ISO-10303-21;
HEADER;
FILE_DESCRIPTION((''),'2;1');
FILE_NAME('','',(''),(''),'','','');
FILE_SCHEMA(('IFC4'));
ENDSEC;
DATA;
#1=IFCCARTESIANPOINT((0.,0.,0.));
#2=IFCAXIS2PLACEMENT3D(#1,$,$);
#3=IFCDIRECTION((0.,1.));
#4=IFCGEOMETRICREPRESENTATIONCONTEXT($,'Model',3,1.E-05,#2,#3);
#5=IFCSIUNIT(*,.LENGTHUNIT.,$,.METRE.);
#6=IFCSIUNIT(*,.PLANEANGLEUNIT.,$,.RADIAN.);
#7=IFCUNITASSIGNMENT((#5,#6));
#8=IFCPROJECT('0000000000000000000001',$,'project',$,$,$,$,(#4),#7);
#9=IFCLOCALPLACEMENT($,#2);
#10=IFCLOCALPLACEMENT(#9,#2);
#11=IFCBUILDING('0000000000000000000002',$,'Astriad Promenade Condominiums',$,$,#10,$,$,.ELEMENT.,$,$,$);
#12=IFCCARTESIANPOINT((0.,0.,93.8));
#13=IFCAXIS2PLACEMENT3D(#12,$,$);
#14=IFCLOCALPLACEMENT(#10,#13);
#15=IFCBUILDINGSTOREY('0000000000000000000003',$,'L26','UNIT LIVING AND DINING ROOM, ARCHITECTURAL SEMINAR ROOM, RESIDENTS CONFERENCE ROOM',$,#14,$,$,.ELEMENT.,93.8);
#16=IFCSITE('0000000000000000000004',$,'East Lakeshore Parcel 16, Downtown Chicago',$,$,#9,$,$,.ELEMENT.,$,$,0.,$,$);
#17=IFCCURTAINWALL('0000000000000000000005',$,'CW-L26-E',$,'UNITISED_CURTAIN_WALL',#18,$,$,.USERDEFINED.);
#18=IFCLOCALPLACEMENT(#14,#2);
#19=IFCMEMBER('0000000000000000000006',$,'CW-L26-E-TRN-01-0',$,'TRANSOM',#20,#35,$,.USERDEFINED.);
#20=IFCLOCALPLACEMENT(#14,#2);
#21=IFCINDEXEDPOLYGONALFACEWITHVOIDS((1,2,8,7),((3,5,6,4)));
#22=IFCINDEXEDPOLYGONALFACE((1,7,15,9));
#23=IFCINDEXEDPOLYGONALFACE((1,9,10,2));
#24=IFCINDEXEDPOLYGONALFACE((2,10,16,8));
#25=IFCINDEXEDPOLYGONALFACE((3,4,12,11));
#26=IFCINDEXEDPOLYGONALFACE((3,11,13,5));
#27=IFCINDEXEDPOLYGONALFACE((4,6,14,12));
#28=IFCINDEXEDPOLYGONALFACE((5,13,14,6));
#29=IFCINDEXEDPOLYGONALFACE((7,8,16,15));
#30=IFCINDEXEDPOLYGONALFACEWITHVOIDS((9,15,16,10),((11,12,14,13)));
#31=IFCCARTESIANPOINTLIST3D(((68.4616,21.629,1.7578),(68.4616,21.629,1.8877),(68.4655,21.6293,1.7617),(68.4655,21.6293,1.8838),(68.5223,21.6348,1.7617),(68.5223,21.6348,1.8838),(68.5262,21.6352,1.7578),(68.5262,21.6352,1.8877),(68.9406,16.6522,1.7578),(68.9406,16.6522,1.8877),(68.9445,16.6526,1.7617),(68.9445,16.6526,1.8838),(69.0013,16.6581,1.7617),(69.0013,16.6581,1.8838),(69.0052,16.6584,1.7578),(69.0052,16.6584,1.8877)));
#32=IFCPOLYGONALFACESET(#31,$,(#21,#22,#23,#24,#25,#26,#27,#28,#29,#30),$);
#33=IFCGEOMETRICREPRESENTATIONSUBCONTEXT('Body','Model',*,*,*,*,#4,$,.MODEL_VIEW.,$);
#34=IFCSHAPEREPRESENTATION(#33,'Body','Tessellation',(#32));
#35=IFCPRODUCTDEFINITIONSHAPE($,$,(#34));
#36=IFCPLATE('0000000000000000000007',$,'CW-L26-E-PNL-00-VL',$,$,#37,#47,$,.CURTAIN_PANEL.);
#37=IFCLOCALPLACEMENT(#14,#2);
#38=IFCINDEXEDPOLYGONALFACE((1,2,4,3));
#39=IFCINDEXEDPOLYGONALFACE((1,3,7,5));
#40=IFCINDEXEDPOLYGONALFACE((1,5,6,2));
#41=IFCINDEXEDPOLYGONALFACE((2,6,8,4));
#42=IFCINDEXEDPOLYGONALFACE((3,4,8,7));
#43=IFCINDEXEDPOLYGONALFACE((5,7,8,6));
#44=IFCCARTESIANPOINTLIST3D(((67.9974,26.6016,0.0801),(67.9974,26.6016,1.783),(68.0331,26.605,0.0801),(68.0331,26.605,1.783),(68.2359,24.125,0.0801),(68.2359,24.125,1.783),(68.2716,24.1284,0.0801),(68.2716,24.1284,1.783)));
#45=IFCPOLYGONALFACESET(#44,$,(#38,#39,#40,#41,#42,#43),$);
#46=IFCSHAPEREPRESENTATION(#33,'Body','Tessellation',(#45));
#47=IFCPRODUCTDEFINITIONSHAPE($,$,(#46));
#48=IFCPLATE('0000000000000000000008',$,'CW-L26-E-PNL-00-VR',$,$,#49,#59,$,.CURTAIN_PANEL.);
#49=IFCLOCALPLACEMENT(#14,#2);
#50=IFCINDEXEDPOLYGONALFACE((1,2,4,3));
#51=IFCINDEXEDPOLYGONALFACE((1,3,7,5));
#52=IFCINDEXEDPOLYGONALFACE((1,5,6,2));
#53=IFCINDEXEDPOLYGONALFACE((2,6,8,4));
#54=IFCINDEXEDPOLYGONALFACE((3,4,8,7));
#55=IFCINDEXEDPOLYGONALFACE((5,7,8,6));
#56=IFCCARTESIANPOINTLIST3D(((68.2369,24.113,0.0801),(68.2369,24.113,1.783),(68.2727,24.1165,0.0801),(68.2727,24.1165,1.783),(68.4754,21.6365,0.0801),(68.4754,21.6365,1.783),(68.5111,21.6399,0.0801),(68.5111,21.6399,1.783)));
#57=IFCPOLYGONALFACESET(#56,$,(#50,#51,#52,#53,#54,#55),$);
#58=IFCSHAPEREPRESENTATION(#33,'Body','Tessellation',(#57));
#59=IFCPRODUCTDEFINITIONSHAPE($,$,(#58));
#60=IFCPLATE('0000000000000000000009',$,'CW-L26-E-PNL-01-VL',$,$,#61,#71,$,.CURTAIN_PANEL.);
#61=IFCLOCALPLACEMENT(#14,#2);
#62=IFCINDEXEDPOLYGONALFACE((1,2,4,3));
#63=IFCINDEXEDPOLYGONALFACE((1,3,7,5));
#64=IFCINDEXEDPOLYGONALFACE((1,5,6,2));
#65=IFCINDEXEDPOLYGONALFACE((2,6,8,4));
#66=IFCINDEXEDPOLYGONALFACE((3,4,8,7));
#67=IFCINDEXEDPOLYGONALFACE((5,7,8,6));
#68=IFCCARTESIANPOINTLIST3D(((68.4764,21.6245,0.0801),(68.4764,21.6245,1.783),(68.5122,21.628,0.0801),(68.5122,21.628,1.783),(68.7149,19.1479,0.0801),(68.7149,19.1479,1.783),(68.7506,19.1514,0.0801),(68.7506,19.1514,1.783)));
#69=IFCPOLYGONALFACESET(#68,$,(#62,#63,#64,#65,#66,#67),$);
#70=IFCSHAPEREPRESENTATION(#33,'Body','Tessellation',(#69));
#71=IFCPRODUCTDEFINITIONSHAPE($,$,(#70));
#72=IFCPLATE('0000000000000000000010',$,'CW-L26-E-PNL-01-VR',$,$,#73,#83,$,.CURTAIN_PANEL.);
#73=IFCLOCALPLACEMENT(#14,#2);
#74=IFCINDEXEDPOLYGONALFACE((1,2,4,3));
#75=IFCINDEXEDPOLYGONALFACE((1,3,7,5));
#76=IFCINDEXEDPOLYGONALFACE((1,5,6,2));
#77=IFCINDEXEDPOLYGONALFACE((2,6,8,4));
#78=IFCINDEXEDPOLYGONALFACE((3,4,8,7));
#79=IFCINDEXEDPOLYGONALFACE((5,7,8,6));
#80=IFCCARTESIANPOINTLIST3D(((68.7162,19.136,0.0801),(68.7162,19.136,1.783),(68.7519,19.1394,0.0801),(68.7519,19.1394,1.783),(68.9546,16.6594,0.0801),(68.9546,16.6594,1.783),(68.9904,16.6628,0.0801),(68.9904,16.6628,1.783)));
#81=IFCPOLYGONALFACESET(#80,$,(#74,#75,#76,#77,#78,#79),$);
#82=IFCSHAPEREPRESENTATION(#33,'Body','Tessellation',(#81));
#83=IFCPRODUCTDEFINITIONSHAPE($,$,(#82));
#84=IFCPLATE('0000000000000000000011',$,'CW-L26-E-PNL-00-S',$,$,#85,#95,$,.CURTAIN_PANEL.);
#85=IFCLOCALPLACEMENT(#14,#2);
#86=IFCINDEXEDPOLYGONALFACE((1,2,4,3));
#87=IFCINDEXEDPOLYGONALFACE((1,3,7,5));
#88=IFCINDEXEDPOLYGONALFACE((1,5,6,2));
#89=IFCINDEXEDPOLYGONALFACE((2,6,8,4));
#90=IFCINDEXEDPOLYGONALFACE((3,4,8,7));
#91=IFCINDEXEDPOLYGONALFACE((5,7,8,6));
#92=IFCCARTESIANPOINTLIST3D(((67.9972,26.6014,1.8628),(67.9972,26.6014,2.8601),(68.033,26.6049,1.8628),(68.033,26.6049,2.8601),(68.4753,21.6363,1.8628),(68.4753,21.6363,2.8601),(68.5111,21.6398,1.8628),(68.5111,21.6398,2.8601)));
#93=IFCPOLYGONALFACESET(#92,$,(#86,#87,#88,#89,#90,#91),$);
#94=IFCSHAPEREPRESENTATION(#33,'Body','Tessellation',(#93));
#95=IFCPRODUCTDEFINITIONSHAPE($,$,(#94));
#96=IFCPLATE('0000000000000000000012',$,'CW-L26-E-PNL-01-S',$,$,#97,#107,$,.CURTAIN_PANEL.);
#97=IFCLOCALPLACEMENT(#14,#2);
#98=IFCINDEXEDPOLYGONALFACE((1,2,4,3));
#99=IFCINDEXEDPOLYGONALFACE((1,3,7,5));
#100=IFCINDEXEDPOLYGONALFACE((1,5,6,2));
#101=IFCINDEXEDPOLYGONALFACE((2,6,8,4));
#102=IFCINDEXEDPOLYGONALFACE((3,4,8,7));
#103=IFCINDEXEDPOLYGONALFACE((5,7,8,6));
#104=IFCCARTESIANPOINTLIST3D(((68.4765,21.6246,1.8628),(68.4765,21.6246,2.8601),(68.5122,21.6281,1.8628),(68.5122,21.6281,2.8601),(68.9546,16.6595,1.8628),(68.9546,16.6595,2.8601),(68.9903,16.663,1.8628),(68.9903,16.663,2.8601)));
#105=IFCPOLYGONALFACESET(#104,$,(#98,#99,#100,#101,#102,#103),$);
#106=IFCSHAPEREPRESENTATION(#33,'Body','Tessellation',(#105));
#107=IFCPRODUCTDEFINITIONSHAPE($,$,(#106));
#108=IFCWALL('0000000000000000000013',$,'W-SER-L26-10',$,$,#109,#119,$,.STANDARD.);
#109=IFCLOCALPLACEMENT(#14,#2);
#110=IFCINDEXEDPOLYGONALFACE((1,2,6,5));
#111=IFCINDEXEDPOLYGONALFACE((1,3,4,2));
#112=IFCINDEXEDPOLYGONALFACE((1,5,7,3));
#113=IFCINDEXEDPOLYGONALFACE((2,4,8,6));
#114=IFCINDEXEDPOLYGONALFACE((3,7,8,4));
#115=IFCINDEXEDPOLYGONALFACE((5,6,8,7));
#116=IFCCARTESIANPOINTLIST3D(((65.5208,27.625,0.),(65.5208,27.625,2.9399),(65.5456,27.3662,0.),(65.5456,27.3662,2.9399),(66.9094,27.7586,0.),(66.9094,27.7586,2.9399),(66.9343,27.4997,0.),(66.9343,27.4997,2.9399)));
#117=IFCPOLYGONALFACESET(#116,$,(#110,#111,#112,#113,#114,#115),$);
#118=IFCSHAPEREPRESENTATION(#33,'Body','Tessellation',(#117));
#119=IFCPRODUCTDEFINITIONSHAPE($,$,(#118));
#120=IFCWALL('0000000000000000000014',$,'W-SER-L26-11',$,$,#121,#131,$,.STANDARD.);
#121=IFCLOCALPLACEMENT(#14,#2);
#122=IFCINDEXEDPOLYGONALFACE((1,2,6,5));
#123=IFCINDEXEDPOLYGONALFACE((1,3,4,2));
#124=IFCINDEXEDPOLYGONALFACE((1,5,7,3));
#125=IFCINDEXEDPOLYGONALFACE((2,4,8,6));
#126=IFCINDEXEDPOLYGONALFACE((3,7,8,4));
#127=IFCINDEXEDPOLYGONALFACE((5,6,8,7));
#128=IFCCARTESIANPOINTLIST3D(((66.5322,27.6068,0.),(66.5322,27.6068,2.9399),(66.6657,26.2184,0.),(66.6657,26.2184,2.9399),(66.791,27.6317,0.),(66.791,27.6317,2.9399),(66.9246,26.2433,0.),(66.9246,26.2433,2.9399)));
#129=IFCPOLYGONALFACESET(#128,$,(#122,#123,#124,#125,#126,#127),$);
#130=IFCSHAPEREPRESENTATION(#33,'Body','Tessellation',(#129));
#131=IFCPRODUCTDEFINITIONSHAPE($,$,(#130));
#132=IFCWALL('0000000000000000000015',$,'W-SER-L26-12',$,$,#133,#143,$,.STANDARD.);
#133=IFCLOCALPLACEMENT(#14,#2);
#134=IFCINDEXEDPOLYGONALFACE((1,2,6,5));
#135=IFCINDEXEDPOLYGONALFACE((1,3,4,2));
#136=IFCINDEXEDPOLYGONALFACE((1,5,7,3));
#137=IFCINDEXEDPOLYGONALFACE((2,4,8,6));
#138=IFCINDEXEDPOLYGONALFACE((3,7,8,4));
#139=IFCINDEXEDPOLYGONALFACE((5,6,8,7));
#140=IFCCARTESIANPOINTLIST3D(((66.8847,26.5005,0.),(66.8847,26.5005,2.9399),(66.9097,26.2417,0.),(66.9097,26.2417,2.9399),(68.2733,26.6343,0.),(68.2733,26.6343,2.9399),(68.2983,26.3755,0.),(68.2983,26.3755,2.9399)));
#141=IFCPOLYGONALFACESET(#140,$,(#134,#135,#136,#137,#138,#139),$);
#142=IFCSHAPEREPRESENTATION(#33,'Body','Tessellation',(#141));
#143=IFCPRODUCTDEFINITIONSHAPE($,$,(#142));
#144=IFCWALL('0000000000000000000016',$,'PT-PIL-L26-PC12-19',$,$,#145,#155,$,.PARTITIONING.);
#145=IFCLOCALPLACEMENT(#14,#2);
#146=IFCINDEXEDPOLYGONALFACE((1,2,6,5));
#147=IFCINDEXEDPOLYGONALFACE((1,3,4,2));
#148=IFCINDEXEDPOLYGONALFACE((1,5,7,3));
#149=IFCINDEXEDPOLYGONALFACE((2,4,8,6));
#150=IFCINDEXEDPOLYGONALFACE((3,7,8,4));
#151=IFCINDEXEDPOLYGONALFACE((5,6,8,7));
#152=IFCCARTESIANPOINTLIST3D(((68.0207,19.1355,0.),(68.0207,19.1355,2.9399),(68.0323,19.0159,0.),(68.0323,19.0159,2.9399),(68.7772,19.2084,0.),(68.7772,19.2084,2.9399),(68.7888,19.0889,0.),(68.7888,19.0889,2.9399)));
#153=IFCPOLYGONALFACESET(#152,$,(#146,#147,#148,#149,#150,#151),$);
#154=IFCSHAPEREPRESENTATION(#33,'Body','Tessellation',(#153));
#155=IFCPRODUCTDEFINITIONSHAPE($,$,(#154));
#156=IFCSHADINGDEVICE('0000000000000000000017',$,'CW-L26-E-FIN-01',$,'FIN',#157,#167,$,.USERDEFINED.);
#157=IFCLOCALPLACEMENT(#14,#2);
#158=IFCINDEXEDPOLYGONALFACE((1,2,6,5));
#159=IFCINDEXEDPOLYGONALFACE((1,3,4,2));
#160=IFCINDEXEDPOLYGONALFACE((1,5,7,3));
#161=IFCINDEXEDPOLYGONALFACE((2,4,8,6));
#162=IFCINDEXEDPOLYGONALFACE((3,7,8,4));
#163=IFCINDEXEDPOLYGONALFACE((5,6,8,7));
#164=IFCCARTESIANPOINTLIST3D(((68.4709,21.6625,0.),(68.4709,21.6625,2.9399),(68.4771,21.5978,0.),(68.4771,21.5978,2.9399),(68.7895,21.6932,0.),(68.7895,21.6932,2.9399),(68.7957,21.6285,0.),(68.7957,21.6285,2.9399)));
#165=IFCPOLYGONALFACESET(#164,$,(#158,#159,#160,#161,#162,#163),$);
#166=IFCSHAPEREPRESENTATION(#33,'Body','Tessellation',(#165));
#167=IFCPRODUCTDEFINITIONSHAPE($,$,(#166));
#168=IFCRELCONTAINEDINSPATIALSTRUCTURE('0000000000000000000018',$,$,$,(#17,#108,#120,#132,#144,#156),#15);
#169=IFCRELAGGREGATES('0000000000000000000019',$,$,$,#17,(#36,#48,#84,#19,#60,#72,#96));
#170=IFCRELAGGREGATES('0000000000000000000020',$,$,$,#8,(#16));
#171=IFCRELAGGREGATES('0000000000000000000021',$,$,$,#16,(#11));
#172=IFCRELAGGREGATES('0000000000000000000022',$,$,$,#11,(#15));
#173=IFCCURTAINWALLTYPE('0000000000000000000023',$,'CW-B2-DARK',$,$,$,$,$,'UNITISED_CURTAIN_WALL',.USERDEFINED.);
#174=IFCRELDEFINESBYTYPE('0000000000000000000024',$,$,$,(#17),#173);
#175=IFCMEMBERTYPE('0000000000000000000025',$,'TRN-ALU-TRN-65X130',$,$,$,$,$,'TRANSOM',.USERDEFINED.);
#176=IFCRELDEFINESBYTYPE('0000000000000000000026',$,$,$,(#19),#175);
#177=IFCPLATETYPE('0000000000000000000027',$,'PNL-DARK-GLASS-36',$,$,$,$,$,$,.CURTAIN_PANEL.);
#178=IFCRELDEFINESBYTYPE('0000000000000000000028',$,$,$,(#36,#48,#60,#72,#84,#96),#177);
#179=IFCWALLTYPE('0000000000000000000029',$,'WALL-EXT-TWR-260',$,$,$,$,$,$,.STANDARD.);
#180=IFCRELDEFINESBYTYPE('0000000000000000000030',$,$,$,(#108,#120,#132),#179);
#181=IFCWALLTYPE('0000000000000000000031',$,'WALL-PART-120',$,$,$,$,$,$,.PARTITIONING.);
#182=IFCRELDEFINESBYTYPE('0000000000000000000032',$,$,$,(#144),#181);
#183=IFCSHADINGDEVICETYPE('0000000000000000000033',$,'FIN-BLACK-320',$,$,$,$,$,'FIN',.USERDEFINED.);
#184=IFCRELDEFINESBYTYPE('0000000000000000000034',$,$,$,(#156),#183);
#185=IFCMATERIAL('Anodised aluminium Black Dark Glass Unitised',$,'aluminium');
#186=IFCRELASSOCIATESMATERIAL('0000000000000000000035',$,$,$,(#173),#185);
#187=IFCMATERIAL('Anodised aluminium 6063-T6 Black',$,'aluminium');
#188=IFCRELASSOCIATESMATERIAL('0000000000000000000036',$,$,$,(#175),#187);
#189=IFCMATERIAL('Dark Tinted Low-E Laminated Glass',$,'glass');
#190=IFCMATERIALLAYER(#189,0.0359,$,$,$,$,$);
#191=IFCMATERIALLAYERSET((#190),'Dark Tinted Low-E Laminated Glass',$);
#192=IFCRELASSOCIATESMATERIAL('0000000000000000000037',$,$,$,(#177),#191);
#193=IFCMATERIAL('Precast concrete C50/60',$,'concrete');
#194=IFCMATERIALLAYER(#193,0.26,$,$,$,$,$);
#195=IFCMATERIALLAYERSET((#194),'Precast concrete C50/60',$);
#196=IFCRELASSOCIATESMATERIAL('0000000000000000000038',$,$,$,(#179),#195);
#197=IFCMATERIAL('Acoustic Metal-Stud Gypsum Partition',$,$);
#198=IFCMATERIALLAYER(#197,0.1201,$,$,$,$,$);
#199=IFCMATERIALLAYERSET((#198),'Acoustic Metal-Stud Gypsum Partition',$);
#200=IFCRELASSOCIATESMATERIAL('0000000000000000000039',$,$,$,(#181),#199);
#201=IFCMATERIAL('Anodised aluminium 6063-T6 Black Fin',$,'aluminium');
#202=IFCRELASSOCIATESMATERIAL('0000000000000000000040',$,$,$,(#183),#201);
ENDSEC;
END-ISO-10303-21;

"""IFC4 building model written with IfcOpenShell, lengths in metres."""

from ifc_helpers import new_model, si_unit, direction, frame, frame_2d, origin, origin_2d, place, context, subcontext, project, spatial, rectangle, hollow_rectangle, extrude, source, transform, mapped, material, layer, layer_set, material_profile, profile_set, type_object, type_shapes, element, aggregate, save


model = new_model("IFC4")

# Units and contexts
model_context = context("Model", 3, precision=1e-05, world=origin(), true_north=direction((0.0, 1.0)))
body_context = subcontext(model_context, "Body", "Model", "MODEL_VIEW")
ifc_project = project(units=[si_unit("LENGTHUNIT", "METRE"), si_unit("PLANEANGLEUNIT", "RADIAN")], contexts=[model_context])

# Site, building, storey
site_placement = place(None, origin())
site = spatial("IfcSite", under=ifc_project, at=site_placement, Name="East Lakeshore Parcel 16, Downtown Chicago", CompositionType="ELEMENT", RefElevation=0.0)
building_placement = place(site_placement, origin())
building = spatial("IfcBuilding", under=site, at=building_placement, Name="Astriad Promenade Condominiums", CompositionType="ELEMENT")
storey_placement = place(building_placement, frame((0.0, 0.0, 93.8)))
storey = spatial("IfcBuildingStorey", under=building, at=storey_placement, Name="L26", Description="UNIT LIVING AND DINING ROOM, ARCHITECTURAL SEMINAR ROOM, RESIDENTS CONFERENCE ROOM", CompositionType="ELEMENT", Elevation=93.8)

# Curtain wall, member, plates
ifc_material_1 = material(Name="Anodised aluminium Black Dark Glass Unitised", Category="aluminium")
curtain_wall_type = type_object("IfcCurtainWallType", Name="CW-B2-DARK", ElementType="UNITISED_CURTAIN_WALL", PredefinedType="USERDEFINED", material=ifc_material_1)
curtain_wall_placement = place(storey_placement, origin())
curtain_wall = element("IfcCurtainWall", 1, at=curtain_wall_placement, inside=storey, type_object=curtain_wall_type, Name="CW-L26-E", ObjectType="UNITISED_CURTAIN_WALL", PredefinedType="USERDEFINED")
ifc_material_2 = material(Name="Anodised aluminium 6063-T6 Black", Category="aluminium")
ifc_material_profile_1 = material_profile(ifc_material_2, hollow_rectangle(XDim=0.0649, YDim=0.1299, WallThickness=0.0039, at=origin_2d()), Name="ALU-TRN-65X130")
ifc_profile_set_1 = profile_set([ifc_material_profile_1], Name="Anodised aluminium 6063-T6 Black")
member_type_1 = type_object("IfcMemberType", Name="TRN-ALU-TRN-65X130", ElementType="TRANSOM", PredefinedType="USERDEFINED", material=ifc_profile_set_1)
shared_shape_1 = source(origin(), body_context, "Body", "SweptSolid", [
    extrude(hollow_rectangle(XDim=0.0649, YDim=0.1299, WallThickness=0.0039, at=origin_2d()), origin(), (0.0, 0.0, 1.0), 4.9998),
])
member_1_placement = place(storey_placement, frame((68.4939, 21.6321, 1.8228), z_axis=(0.095805, -0.9954, 0.0), x_axis=(0.9954, 0.095805, 0.0)))
member_1 = element("IfcMember", 2, at=member_1_placement, type_object=member_type_1, Name="CW-L26-E-TRN-01-0", ObjectType="TRANSOM", PredefinedType="USERDEFINED", context=body_context, shape_type="MappedRepresentation", body=[
    mapped(shared_shape_1, transform((0.0, 0.0, 0.0), scale=1.0)),
])
ifc_material_3 = material(Name="Dark Tinted Low-E Laminated Glass", Category="glass")
ifc_layer_1 = layer(ifc_material_3, 0.0359)
ifc_layer_set_1 = layer_set([ifc_layer_1], Name="Dark Tinted Low-E Laminated Glass")
plate_type = type_object("IfcPlateType", Name="PNL-DARK-GLASS-36", PredefinedType="CURTAIN_PANEL", material=ifc_layer_set_1)
shared_shape_2 = source(origin(), body_context, "Body", "SweptSolid", [
    extrude(rectangle(XDim=2.488, YDim=0.0359, at=origin_2d()), origin(), (0.0, 0.0, 1.0), 1.7029),
])
plate_1_placement = place(storey_placement, frame((68.1345, 25.365, 0.0801), z_axis=(0.0, 0.0, 1.0), x_axis=(0.095846, -0.995396, 0.0)))
plate_1 = element("IfcPlate", 3, at=plate_1_placement, type_object=plate_type, Name="CW-L26-E-PNL-00-VL", PredefinedType="CURTAIN_PANEL", context=body_context, shape_type="MappedRepresentation", body=[
    mapped(shared_shape_2, transform((0.0, 0.0, 0.0), scale=1.0)),
])
plate_2_placement = place(storey_placement, frame((68.374, 22.8765, 0.0801), z_axis=(0.0, 0.0, 1.0), x_axis=(0.095846, -0.995396, 0.0)))
plate_2 = element("IfcPlate", 4, at=plate_2_placement, type_object=plate_type, Name="CW-L26-E-PNL-00-VR", PredefinedType="CURTAIN_PANEL", context=body_context, shape_type="MappedRepresentation", body=[
    mapped(shared_shape_2, transform((0.0, 0.0, 0.0), scale=1.0)),
])
plate_3_placement = place(storey_placement, frame((68.6135, 20.3879, 0.0801), z_axis=(0.0, 0.0, 1.0), x_axis=(0.095846, -0.995396, 0.0)))
plate_3 = element("IfcPlate", 5, at=plate_3_placement, type_object=plate_type, Name="CW-L26-E-PNL-01-VL", PredefinedType="CURTAIN_PANEL", context=body_context, shape_type="MappedRepresentation", body=[
    mapped(shared_shape_2, transform((0.0, 0.0, 0.0), scale=1.0)),
])
plate_4_placement = place(storey_placement, frame((68.8533, 17.8994, 0.0801), z_axis=(0.0, 0.0, 1.0), x_axis=(0.095846, -0.995396, 0.0)))
plate_4 = element("IfcPlate", 6, at=plate_4_placement, type_object=plate_type, Name="CW-L26-E-PNL-01-VR", PredefinedType="CURTAIN_PANEL", context=body_context, shape_type="MappedRepresentation", body=[
    mapped(shared_shape_2, transform((0.0, 0.0, 0.0), scale=1.0)),
])
shared_shape_3 = source(origin(), body_context, "Body", "SweptSolid", [
    extrude(rectangle(XDim=4.988, YDim=0.0359, at=origin_2d()), origin(), (0.0, 0.0, 1.0), 0.9973),
])
type_shapes(plate_type, [shared_shape_2, shared_shape_3])
plate_5_placement = place(storey_placement, frame((68.2542, 24.1206, 1.8628), z_axis=(0.0, 0.0, 1.0), x_axis=(0.095846, -0.995396, 0.0)))
plate_5 = element("IfcPlate", 7, at=plate_5_placement, type_object=plate_type, Name="CW-L26-E-PNL-00-S", PredefinedType="CURTAIN_PANEL", context=body_context, shape_type="MappedRepresentation", body=[
    mapped(shared_shape_3, transform((0.0, 0.0, 0.0), scale=1.0)),
])
plate_6_placement = place(storey_placement, frame((68.7334, 19.1438, 1.8628), z_axis=(0.0, 0.0, 1.0), x_axis=(0.095846, -0.995396, 0.0)))
plate_6 = element("IfcPlate", 8, at=plate_6_placement, type_object=plate_type, Name="CW-L26-E-PNL-01-S", PredefinedType="CURTAIN_PANEL", context=body_context, shape_type="MappedRepresentation", body=[
    mapped(shared_shape_3, transform((0.0, 0.0, 0.0), scale=1.0)),
])
aggregate(curtain_wall, [plate_1, plate_2, plate_5, member_1, plate_3, plate_4, plate_6])

# Walls
ifc_material_4 = material(Name="Precast concrete C50/60", Category="concrete")
ifc_layer_2 = layer(ifc_material_4, 0.26)
ifc_layer_set_2 = layer_set([ifc_layer_2], Name="Precast concrete C50/60")
wall_type_1 = type_object("IfcWallType", Name="WALL-EXT-TWR-260", PredefinedType="STANDARD", material=ifc_layer_set_2)
wall_1_placement = place(storey_placement, frame((65.5332, 27.4956, 0.0), z_axis=(0.0, 0.0, 1.0), x_axis=(0.995408, 0.095726, 0.0)))
element("IfcWall", 9, at=wall_1_placement, inside=storey, type_object=wall_type_1, Name="W-SER-L26-10", PredefinedType="STANDARD", context=body_context, shape_type="SweptSolid", body=[
    extrude(rectangle(XDim=1.395, YDim=0.26, at=frame_2d((0.6975, 0.0))), origin(), (0.0, 0.0, 1.0), 2.9399),
])
wall_2_placement = place(storey_placement, frame((66.6616, 27.6191, 0.0), z_axis=(0.0, 0.0, 1.0), x_axis=(0.095742, -0.995406, 0.0)))
element("IfcWall", 10, at=wall_2_placement, inside=storey, type_object=wall_type_1, Name="W-SER-L26-11", PredefinedType="STANDARD", context=body_context, shape_type="SweptSolid", body=[
    extrude(rectangle(XDim=1.3948, YDim=0.26, at=frame_2d((0.6973, 0.0))), origin(), (0.0, 0.0, 1.0), 2.9399),
])
wall_3_placement = place(storey_placement, frame((66.8972, 26.3711, 0.0), z_axis=(0.0, 0.0, 1.0), x_axis=(0.995391, 0.095899, 0.0)))
element("IfcWall", 11, at=wall_3_placement, inside=storey, type_object=wall_type_1, Name="W-SER-L26-12", PredefinedType="STANDARD", context=body_context, shape_type="SweptSolid", body=[
    extrude(rectangle(XDim=1.395, YDim=0.26, at=frame_2d((0.6975, 0.0))), origin(), (0.0, 0.0, 1.0), 2.9399),
])
ifc_material_5 = material(Name="Acoustic Metal-Stud Gypsum Partition")
ifc_layer_3 = layer(ifc_material_5, 0.1201)
ifc_layer_set_3 = layer_set([ifc_layer_3], Name="Acoustic Metal-Stud Gypsum Partition")
wall_type_2 = type_object("IfcWallType", Name="WALL-PART-120", PredefinedType="PARTITIONING", material=ifc_layer_set_3)
wall_4_placement = place(storey_placement, frame((68.0266, 19.0757, 0.0), z_axis=(0.0, 0.0, 1.0), x_axis=(0.995378, 0.096037, 0.0)))
element("IfcWall", 12, at=wall_4_placement, inside=storey, type_object=wall_type_2, Name="PT-PIL-L26-PC12-19", PredefinedType="PARTITIONING", context=body_context, shape_type="SweptSolid", body=[
    extrude(rectangle(XDim=0.76, YDim=0.1201, at=frame_2d((0.3799, 0.0))), origin(), (0.0, 0.0, 1.0), 2.9399),
])

# Shading device
ifc_material_6 = material(Name="Anodised aluminium 6063-T6 Black Fin", Category="aluminium")
shading_device_type = type_object("IfcShadingDeviceType", Name="FIN-BLACK-320", ElementType="FIN", PredefinedType="USERDEFINED", material=ifc_material_6)
shared_shape_4 = source(origin(), body_context, "Body", "SweptSolid", [
    extrude(rectangle(XDim=0.0649, YDim=0.3201, at=origin_2d()), origin(), (0.0, 0.0, 1.0), 2.9399),
])
type_shapes(shading_device_type, [shared_shape_4])
shading_device_placement = place(storey_placement, frame((68.6333, 21.6455, 0.0), z_axis=(0.0, 0.0, 1.0), x_axis=(0.095846, -0.995396, 0.0)))
element("IfcShadingDevice", 13, at=shading_device_placement, inside=storey, type_object=shading_device_type, Name="CW-L26-E-FIN-01", ObjectType="FIN", PredefinedType="USERDEFINED", context=body_context, shape_type="MappedRepresentation", body=[
    mapped(shared_shape_4, transform((0.0, 0.0, 0.0), scale=1.0)),
])

save(model, "model.ifc")
